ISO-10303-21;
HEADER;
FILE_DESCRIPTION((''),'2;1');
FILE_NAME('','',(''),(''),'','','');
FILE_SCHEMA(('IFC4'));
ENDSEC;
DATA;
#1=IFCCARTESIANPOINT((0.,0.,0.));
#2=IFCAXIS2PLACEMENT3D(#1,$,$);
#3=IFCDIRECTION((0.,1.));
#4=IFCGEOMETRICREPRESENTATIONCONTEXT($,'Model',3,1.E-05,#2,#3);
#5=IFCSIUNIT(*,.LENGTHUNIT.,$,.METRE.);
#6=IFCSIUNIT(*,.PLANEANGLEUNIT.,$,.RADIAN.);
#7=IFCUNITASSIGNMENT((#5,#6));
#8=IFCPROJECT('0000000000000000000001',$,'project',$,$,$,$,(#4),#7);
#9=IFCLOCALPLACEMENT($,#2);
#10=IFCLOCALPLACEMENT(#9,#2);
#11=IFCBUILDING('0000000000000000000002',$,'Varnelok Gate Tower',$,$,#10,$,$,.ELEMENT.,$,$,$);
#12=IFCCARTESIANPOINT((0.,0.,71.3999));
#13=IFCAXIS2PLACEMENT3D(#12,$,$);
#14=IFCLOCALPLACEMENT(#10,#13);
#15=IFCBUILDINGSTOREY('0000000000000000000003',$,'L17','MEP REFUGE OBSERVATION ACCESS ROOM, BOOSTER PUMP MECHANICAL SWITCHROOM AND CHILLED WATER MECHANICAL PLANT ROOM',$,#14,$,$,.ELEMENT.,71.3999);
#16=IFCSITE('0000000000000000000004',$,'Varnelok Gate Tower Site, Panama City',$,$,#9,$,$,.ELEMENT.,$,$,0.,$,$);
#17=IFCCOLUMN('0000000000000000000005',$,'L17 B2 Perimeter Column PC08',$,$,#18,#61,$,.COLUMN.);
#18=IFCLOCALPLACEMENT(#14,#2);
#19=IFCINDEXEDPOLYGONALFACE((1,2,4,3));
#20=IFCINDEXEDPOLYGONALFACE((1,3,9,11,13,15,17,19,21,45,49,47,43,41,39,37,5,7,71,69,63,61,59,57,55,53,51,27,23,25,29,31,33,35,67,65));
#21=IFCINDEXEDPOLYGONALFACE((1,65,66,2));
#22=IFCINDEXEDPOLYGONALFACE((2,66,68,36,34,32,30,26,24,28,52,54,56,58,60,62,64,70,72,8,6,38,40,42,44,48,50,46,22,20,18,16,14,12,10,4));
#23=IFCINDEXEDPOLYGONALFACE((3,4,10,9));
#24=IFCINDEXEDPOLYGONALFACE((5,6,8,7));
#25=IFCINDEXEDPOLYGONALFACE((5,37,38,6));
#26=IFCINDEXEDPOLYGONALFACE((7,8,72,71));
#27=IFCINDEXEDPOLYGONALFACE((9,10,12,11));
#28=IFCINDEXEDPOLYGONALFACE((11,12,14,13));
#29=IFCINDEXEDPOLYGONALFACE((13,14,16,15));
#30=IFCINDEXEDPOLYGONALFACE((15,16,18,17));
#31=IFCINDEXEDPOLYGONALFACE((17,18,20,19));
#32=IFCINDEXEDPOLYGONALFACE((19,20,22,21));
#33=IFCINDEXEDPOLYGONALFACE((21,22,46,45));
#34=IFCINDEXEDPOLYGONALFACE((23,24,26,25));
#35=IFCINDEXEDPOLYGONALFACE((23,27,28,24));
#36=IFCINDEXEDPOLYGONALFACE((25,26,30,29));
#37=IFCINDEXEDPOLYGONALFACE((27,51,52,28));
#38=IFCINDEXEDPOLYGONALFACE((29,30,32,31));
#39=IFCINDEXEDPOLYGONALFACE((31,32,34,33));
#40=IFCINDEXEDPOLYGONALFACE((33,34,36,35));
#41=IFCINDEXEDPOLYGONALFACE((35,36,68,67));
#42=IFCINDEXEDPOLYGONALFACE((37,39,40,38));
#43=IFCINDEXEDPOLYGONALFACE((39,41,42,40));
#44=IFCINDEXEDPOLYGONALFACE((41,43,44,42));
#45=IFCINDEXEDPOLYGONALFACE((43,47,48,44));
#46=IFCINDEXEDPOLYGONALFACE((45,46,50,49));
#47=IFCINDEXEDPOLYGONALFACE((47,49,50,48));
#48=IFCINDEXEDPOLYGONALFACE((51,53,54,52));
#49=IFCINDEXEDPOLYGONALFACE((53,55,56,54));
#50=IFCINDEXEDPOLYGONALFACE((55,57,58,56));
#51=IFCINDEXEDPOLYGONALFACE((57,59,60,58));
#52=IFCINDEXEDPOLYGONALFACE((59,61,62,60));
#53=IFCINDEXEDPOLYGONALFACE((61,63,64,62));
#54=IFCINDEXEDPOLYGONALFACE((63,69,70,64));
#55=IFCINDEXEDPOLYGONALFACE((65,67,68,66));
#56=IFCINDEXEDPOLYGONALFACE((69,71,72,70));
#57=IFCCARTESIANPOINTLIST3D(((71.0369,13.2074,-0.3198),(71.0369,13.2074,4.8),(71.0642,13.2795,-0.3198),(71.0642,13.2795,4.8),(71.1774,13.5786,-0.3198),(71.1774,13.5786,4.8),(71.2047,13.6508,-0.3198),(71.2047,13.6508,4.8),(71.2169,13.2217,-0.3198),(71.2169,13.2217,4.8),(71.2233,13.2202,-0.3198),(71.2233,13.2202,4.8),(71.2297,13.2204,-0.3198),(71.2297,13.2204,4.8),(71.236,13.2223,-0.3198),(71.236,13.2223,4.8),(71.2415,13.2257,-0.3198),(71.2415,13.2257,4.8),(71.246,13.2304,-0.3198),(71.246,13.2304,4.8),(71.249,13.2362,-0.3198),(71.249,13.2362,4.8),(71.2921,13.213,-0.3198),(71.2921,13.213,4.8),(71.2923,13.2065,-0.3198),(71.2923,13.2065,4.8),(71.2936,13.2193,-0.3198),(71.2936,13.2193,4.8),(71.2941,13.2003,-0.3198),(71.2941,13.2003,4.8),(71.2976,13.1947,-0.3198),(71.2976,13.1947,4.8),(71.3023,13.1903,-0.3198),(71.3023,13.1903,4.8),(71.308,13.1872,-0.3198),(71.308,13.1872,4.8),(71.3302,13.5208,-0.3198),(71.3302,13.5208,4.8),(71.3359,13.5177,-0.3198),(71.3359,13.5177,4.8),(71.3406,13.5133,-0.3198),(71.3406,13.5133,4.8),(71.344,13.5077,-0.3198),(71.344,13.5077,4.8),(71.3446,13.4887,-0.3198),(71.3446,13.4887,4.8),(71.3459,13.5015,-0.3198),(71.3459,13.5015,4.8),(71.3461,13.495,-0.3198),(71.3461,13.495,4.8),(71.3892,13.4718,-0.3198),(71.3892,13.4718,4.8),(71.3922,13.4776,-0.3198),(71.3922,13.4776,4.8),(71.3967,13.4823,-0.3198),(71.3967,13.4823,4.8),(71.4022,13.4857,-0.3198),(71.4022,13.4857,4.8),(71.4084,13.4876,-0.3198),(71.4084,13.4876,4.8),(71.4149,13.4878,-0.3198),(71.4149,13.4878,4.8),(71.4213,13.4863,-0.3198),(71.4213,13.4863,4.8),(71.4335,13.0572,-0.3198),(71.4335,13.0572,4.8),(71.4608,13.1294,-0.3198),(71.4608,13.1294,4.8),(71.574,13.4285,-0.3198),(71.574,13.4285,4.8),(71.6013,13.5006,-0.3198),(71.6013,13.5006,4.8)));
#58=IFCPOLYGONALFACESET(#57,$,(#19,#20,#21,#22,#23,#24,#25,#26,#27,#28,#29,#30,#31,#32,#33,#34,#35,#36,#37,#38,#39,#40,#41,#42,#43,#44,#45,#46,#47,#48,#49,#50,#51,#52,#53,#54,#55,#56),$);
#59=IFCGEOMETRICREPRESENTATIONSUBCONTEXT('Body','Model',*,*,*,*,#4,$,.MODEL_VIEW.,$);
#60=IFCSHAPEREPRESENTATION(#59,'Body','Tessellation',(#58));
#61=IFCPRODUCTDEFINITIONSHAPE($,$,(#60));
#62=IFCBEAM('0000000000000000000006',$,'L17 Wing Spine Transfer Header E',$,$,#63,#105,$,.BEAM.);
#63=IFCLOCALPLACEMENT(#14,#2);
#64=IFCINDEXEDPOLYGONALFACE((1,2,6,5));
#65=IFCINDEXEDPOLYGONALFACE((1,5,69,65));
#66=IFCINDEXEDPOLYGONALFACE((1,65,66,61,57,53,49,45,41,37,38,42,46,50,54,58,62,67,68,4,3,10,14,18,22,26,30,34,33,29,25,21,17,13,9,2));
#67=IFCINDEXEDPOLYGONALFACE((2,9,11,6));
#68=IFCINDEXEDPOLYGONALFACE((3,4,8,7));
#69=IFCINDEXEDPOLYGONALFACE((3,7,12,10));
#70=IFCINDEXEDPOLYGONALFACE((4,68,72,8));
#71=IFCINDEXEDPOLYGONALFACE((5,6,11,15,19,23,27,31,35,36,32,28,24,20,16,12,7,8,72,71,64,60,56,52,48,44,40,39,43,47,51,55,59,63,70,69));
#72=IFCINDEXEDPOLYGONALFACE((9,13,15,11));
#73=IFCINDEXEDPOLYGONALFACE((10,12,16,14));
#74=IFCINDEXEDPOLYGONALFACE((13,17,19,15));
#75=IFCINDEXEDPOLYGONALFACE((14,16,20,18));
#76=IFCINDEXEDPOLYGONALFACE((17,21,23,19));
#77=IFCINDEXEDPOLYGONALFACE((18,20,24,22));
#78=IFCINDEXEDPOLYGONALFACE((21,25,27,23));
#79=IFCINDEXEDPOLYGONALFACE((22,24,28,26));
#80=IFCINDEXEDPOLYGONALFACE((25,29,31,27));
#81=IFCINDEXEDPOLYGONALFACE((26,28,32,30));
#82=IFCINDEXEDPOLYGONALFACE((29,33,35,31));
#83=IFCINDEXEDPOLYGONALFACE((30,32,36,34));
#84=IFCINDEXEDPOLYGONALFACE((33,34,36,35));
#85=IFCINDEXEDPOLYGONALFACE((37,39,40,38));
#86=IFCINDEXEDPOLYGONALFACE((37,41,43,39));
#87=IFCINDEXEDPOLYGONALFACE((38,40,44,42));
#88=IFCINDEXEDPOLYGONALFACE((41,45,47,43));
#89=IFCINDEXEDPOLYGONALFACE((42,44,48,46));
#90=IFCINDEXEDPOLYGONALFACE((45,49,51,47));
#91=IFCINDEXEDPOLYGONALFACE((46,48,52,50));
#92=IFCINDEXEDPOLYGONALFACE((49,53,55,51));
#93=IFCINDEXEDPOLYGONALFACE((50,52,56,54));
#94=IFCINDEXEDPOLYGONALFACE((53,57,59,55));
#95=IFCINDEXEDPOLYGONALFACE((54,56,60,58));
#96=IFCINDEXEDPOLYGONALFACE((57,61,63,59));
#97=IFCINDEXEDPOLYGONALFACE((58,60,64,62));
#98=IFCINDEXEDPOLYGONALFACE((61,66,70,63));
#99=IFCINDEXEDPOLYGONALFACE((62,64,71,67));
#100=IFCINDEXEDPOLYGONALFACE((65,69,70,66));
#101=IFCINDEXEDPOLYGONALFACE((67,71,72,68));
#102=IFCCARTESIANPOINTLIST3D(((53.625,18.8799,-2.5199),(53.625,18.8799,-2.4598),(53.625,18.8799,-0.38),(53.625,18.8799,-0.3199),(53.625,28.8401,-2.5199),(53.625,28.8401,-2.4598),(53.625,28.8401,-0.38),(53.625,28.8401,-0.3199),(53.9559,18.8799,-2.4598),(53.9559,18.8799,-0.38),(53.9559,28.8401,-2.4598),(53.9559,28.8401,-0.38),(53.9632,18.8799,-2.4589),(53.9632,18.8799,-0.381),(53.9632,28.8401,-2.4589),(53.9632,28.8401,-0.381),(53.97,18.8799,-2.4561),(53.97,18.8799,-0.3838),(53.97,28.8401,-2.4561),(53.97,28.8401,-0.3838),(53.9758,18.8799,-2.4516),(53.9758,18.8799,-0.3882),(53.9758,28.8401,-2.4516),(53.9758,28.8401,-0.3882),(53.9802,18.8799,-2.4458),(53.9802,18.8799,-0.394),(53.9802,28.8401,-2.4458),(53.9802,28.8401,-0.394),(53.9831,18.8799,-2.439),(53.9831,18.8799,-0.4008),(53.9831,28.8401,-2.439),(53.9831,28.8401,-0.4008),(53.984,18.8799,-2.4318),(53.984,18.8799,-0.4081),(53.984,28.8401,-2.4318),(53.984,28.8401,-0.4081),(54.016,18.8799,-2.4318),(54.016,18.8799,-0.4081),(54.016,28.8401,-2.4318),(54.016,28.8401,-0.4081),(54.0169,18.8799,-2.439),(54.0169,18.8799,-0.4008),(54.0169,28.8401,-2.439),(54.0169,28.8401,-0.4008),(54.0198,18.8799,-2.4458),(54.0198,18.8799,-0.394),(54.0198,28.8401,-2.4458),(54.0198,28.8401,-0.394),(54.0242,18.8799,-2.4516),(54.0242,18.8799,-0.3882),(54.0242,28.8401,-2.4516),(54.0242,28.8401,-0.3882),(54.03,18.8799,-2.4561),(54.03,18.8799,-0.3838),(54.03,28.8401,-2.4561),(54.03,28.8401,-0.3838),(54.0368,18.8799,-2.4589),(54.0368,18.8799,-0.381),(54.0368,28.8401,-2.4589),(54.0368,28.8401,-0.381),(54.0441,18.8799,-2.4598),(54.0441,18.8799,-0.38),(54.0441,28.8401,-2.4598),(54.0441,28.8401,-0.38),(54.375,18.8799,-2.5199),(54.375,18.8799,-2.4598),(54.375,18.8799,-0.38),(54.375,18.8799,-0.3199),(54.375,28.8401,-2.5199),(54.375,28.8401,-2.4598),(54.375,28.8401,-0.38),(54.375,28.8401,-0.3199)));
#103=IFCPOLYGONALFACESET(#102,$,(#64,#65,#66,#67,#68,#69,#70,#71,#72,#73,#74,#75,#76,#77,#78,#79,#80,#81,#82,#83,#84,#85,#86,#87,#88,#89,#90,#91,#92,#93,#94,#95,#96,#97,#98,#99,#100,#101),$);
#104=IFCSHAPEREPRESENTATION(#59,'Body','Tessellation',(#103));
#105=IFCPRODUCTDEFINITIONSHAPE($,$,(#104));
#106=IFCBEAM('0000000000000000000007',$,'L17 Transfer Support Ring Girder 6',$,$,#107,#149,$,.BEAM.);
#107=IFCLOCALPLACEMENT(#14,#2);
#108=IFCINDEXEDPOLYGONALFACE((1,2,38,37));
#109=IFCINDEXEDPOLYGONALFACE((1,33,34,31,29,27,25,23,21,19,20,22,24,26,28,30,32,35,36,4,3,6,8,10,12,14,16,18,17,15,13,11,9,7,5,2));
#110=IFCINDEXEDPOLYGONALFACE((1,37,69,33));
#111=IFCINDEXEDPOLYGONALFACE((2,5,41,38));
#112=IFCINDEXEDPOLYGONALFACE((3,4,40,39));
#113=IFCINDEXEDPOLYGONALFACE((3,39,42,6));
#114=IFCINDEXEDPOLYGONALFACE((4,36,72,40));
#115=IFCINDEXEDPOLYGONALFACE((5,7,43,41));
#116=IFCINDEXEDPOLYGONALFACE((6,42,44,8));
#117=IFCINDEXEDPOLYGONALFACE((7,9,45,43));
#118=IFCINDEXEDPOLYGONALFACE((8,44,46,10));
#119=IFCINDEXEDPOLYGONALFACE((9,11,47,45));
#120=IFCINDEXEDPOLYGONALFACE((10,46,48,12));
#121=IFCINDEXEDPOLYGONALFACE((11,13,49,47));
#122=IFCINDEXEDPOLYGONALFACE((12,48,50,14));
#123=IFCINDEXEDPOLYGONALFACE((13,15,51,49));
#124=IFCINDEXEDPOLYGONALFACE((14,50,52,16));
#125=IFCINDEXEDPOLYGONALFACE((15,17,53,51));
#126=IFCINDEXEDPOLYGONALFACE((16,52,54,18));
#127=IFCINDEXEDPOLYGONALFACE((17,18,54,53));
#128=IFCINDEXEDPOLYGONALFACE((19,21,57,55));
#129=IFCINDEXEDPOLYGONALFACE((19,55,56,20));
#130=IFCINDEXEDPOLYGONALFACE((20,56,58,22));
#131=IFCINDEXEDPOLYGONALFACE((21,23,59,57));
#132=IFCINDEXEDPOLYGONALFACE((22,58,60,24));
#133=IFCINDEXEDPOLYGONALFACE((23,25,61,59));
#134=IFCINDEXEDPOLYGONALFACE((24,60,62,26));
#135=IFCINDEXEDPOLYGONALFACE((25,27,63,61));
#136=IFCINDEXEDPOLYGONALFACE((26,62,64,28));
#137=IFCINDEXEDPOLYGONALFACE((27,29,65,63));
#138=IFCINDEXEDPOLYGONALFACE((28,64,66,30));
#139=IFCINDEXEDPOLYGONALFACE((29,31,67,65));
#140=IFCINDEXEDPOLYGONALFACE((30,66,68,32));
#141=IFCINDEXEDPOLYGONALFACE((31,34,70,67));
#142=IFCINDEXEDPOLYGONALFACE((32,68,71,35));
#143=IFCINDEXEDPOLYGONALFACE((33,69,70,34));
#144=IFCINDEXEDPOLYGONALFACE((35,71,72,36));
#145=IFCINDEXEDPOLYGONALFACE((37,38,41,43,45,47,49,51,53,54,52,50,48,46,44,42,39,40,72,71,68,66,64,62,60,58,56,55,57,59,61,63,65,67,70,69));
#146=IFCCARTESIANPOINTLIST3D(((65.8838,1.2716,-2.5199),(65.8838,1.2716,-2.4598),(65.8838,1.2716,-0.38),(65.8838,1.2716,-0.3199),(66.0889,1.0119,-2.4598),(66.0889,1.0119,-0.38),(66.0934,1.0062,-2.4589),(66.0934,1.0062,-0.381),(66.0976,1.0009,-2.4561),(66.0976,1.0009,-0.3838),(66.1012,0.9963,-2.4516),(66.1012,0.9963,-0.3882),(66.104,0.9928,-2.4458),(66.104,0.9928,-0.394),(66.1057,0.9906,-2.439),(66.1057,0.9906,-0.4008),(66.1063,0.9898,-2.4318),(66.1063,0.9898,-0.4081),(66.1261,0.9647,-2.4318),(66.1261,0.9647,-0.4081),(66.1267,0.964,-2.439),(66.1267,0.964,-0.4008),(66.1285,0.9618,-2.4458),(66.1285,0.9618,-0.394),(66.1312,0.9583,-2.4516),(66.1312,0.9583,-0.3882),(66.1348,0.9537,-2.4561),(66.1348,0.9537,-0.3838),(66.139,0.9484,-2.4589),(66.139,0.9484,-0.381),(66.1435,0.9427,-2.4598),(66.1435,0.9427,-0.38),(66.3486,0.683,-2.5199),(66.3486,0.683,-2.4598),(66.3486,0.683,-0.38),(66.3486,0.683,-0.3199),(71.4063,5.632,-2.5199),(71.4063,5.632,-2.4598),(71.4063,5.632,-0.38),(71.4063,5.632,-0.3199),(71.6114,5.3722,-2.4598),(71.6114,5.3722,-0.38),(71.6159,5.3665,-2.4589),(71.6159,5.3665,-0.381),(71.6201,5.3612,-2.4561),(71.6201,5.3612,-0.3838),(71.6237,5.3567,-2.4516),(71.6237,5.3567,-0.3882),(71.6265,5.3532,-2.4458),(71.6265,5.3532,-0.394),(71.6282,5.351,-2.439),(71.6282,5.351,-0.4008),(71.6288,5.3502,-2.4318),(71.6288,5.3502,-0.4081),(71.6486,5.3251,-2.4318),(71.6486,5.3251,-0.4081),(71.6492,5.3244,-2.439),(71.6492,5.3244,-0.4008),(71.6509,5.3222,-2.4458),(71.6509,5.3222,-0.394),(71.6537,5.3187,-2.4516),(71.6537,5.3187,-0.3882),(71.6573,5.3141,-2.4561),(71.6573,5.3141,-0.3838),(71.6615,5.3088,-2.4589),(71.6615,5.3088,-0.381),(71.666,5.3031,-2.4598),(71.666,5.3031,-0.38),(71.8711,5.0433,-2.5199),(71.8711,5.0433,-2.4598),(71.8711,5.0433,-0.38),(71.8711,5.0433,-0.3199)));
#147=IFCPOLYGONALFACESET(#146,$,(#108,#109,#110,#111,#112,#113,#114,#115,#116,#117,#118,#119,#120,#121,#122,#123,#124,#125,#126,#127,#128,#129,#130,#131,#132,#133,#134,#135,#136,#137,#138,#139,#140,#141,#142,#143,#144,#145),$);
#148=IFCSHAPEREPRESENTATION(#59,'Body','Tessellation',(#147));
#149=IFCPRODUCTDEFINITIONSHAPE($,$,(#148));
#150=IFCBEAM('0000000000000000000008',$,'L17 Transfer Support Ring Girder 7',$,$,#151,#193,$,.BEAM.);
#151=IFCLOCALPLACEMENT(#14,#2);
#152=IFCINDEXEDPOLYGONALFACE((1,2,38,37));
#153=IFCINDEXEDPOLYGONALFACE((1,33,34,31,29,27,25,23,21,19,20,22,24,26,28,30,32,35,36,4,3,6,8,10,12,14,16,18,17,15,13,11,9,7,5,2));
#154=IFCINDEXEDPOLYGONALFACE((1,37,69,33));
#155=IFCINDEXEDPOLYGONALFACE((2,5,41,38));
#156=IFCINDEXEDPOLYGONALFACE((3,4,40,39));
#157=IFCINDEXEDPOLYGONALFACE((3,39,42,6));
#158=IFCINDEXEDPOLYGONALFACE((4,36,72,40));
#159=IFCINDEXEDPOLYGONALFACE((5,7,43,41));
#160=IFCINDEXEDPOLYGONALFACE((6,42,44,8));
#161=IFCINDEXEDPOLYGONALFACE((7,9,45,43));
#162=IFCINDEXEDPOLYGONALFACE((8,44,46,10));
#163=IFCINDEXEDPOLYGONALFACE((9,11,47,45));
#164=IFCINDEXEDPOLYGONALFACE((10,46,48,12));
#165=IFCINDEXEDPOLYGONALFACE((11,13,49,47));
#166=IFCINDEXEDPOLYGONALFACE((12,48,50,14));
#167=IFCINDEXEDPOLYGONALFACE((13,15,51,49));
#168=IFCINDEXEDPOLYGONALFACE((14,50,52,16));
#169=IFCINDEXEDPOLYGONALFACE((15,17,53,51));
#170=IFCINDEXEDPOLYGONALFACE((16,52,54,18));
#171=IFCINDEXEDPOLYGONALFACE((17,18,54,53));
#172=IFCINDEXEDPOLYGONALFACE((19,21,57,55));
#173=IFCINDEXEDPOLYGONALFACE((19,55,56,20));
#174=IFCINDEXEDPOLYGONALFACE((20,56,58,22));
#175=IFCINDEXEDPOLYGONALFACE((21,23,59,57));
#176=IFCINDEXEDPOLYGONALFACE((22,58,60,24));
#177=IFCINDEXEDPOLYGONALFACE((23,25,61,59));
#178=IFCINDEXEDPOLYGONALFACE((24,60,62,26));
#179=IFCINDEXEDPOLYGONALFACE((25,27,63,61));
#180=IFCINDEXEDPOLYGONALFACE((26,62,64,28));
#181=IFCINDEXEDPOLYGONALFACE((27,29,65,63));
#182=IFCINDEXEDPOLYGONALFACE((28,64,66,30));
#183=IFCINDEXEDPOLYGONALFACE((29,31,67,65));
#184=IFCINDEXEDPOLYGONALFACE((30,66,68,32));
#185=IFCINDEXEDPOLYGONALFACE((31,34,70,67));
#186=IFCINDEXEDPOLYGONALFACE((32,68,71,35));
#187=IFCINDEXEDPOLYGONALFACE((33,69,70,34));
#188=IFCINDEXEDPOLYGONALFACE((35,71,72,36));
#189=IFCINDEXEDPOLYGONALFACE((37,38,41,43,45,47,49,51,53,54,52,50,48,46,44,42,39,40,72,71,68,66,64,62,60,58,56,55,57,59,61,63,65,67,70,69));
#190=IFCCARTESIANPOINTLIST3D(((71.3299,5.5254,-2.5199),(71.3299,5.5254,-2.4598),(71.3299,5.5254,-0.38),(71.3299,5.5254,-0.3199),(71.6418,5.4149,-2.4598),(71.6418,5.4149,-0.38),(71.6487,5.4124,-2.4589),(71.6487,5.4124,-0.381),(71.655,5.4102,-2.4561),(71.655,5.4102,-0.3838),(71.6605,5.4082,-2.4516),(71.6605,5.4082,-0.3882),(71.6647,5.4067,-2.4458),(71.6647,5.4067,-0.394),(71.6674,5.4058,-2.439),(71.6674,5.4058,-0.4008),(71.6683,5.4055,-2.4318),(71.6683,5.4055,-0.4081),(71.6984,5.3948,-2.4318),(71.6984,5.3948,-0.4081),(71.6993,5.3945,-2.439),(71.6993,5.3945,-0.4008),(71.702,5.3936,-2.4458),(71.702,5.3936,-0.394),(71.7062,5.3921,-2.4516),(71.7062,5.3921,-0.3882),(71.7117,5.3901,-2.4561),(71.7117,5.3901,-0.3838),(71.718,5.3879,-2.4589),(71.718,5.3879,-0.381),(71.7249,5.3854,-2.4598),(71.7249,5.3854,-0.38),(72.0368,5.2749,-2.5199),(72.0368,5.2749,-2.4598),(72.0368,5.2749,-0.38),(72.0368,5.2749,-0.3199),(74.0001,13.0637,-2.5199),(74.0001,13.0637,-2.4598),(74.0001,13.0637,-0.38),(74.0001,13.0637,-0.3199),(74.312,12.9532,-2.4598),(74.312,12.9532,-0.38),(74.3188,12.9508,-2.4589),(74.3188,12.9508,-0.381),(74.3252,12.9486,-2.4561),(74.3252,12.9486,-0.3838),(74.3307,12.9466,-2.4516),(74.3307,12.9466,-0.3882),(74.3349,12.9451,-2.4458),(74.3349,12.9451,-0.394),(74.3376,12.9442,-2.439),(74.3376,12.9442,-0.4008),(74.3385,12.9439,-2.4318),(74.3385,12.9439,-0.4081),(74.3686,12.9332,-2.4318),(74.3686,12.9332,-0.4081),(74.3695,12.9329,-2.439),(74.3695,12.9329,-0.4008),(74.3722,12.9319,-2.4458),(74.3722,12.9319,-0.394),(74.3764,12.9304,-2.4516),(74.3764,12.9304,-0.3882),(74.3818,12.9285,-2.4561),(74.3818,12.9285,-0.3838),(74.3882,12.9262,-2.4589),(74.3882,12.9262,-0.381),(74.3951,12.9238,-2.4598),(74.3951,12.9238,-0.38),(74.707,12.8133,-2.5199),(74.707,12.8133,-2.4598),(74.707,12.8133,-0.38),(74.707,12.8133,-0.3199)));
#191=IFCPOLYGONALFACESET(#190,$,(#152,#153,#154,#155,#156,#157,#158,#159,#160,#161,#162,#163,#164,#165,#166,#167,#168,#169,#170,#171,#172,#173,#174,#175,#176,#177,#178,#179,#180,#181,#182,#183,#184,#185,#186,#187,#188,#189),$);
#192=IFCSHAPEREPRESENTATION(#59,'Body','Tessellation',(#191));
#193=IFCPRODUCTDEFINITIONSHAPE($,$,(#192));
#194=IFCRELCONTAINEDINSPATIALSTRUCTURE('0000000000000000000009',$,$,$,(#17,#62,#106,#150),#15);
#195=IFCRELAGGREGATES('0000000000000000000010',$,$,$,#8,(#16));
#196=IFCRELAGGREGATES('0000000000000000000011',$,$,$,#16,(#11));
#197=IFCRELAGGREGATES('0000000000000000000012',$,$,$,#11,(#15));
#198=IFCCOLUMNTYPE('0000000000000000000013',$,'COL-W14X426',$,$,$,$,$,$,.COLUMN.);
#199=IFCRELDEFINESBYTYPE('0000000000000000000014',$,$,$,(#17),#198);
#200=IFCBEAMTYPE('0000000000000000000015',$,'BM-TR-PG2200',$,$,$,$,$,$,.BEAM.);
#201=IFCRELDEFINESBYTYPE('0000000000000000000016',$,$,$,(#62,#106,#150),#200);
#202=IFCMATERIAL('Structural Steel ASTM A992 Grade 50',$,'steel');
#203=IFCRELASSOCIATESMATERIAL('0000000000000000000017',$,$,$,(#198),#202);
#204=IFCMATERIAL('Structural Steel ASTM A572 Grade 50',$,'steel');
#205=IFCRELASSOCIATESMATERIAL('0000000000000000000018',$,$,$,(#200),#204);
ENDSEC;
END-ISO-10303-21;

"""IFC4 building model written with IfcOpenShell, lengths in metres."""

from ifc_helpers import new_model, si_unit, direction, frame, origin, origin_2d, place, context, subcontext, project, spatial, i_section, extrude, material, material_profile, profile_set, type_object, element, save


model = new_model("IFC4")

# Units and contexts
model_context = context("Model", 3, precision=1e-05, world=origin(), true_north=direction((0.0, 1.0)))
body_context = subcontext(model_context, "Body", "Model", "MODEL_VIEW")
ifc_project = project(units=[si_unit("LENGTHUNIT", "METRE"), si_unit("PLANEANGLEUNIT", "RADIAN")], contexts=[model_context])

# Site, building, storey
site_placement = place(None, origin())
site = spatial("IfcSite", under=ifc_project, at=site_placement, Name="Varnelok Gate Tower Site, Panama City", CompositionType="ELEMENT", RefElevation=0.0)
building_placement = place(site_placement, origin())
building = spatial("IfcBuilding", under=site, at=building_placement, Name="Varnelok Gate Tower", CompositionType="ELEMENT")
storey_placement = place(building_placement, frame((0.0, 0.0, 71.3999)))
storey = spatial("IfcBuildingStorey", under=building, at=storey_placement, Name="L17", Description="MEP REFUGE OBSERVATION ACCESS ROOM, BOOSTER PUMP MECHANICAL SWITCHROOM AND CHILLED WATER MECHANICAL PLANT ROOM", CompositionType="ELEMENT", Elevation=71.3999)

# Column
ifc_material_1 = material(Name="Structural Steel ASTM A992 Grade 50", Category="steel")
ifc_material_profile_1 = material_profile(ifc_material_1, i_section(OverallWidth=0.4241, OverallDepth=0.4741, WebThickness=0.0476, FlangeThickness=0.0771, FilletRadius=0.0249, at=origin_2d()), Name="W14X426")
ifc_profile_set_1 = profile_set([ifc_material_profile_1], Name="Structural Steel ASTM A992 Grade 50")
column_type = type_object("IfcColumnType", Name="COL-W14X426", PredefinedType="COLUMN", material=ifc_profile_set_1)
for number, where, z_axis, x_axis, name in (
    (1, (71.3191, 13.354, -0.3198), (0.0, 0.0, 1.0), (0.935222, -0.354063, 0.0), "L17 B2 Perimeter Column PC08"),
):
    element("IfcColumn", number, at=place(storey_placement, frame(where, z_axis=z_axis, x_axis=x_axis)), inside=storey, type_object=column_type, Name=name, PredefinedType="COLUMN", context=body_context, shape_type="SweptSolid", body=[
        extrude(i_section(OverallWidth=0.4241, OverallDepth=0.4741, WebThickness=0.0476, FlangeThickness=0.0771, FilletRadius=0.0249, at=origin_2d()), origin(), (0.0, 0.0, 1.0), 5.1199),
    ])

# Beams
ifc_material_2 = material(Name="Structural Steel ASTM A572 Grade 50", Category="steel")
ifc_material_profile_2 = material_profile(ifc_material_2, i_section(OverallWidth=0.75, OverallDepth=2.2, WebThickness=0.032, FlangeThickness=0.0601, FilletRadius=0.0281, at=origin_2d()), Name="PG2200X750")
ifc_profile_set_2 = profile_set([ifc_material_profile_2], Name="Structural Steel ASTM A572 Grade 50")
beam_type_1 = type_object("IfcBeamType", Name="BM-TR-PG2200", PredefinedType="BEAM", material=ifc_profile_set_2)
beam_1_placement = place(storey_placement, frame((54.0, 18.8799, -1.4199), z_axis=(0.0, 1.0, 0.0), x_axis=(-1.0, 0.0, 0.0)))
element("IfcBeam", 2, at=beam_1_placement, inside=storey, type_object=beam_type_1, Name="L17 Wing Spine Transfer Header E", PredefinedType="BEAM", context=body_context, shape_type="SweptSolid", body=[
    extrude(i_section(OverallWidth=0.75, OverallDepth=2.2, WebThickness=0.032, FlangeThickness=0.0601, FilletRadius=0.0281, at=origin_2d()), origin(), (0.0, 0.0, 1.0), 9.9602),
])
beam_2_placement = place(storey_placement, frame((66.1162, 0.9773, -1.4199), z_axis=(0.784847, 0.619689, 0.0), x_axis=(-0.619689, 0.784847, 0.0)))
element("IfcBeam", 3, at=beam_2_placement, inside=storey, type_object=beam_type_1, Name="L17 Transfer Support Ring Girder 6", PredefinedType="BEAM", context=body_context, shape_type="SweptSolid", body=[
    extrude(i_section(OverallWidth=0.75, OverallDepth=2.2, WebThickness=0.032, FlangeThickness=0.0601, FilletRadius=0.0281, at=origin_2d()), origin(), (0.0, 0.0, 1.0), 7.0364),
])
beam_3_placement = place(storey_placement, frame((71.6833, 5.4001, -1.4199), z_axis=(0.333885, 0.942614, 0.0), x_axis=(-0.942614, 0.333885, 0.0)))
element("IfcBeam", 4, at=beam_3_placement, inside=storey, type_object=beam_type_1, Name="L17 Transfer Support Ring Girder 7", PredefinedType="BEAM", context=body_context, shape_type="SweptSolid", body=[
    extrude(i_section(OverallWidth=0.75, OverallDepth=2.2, WebThickness=0.032, FlangeThickness=0.0601, FilletRadius=0.0281, at=origin_2d()), origin(), (0.0, 0.0, 1.0), 7.9973),
])

save(model, "model.ifc")
